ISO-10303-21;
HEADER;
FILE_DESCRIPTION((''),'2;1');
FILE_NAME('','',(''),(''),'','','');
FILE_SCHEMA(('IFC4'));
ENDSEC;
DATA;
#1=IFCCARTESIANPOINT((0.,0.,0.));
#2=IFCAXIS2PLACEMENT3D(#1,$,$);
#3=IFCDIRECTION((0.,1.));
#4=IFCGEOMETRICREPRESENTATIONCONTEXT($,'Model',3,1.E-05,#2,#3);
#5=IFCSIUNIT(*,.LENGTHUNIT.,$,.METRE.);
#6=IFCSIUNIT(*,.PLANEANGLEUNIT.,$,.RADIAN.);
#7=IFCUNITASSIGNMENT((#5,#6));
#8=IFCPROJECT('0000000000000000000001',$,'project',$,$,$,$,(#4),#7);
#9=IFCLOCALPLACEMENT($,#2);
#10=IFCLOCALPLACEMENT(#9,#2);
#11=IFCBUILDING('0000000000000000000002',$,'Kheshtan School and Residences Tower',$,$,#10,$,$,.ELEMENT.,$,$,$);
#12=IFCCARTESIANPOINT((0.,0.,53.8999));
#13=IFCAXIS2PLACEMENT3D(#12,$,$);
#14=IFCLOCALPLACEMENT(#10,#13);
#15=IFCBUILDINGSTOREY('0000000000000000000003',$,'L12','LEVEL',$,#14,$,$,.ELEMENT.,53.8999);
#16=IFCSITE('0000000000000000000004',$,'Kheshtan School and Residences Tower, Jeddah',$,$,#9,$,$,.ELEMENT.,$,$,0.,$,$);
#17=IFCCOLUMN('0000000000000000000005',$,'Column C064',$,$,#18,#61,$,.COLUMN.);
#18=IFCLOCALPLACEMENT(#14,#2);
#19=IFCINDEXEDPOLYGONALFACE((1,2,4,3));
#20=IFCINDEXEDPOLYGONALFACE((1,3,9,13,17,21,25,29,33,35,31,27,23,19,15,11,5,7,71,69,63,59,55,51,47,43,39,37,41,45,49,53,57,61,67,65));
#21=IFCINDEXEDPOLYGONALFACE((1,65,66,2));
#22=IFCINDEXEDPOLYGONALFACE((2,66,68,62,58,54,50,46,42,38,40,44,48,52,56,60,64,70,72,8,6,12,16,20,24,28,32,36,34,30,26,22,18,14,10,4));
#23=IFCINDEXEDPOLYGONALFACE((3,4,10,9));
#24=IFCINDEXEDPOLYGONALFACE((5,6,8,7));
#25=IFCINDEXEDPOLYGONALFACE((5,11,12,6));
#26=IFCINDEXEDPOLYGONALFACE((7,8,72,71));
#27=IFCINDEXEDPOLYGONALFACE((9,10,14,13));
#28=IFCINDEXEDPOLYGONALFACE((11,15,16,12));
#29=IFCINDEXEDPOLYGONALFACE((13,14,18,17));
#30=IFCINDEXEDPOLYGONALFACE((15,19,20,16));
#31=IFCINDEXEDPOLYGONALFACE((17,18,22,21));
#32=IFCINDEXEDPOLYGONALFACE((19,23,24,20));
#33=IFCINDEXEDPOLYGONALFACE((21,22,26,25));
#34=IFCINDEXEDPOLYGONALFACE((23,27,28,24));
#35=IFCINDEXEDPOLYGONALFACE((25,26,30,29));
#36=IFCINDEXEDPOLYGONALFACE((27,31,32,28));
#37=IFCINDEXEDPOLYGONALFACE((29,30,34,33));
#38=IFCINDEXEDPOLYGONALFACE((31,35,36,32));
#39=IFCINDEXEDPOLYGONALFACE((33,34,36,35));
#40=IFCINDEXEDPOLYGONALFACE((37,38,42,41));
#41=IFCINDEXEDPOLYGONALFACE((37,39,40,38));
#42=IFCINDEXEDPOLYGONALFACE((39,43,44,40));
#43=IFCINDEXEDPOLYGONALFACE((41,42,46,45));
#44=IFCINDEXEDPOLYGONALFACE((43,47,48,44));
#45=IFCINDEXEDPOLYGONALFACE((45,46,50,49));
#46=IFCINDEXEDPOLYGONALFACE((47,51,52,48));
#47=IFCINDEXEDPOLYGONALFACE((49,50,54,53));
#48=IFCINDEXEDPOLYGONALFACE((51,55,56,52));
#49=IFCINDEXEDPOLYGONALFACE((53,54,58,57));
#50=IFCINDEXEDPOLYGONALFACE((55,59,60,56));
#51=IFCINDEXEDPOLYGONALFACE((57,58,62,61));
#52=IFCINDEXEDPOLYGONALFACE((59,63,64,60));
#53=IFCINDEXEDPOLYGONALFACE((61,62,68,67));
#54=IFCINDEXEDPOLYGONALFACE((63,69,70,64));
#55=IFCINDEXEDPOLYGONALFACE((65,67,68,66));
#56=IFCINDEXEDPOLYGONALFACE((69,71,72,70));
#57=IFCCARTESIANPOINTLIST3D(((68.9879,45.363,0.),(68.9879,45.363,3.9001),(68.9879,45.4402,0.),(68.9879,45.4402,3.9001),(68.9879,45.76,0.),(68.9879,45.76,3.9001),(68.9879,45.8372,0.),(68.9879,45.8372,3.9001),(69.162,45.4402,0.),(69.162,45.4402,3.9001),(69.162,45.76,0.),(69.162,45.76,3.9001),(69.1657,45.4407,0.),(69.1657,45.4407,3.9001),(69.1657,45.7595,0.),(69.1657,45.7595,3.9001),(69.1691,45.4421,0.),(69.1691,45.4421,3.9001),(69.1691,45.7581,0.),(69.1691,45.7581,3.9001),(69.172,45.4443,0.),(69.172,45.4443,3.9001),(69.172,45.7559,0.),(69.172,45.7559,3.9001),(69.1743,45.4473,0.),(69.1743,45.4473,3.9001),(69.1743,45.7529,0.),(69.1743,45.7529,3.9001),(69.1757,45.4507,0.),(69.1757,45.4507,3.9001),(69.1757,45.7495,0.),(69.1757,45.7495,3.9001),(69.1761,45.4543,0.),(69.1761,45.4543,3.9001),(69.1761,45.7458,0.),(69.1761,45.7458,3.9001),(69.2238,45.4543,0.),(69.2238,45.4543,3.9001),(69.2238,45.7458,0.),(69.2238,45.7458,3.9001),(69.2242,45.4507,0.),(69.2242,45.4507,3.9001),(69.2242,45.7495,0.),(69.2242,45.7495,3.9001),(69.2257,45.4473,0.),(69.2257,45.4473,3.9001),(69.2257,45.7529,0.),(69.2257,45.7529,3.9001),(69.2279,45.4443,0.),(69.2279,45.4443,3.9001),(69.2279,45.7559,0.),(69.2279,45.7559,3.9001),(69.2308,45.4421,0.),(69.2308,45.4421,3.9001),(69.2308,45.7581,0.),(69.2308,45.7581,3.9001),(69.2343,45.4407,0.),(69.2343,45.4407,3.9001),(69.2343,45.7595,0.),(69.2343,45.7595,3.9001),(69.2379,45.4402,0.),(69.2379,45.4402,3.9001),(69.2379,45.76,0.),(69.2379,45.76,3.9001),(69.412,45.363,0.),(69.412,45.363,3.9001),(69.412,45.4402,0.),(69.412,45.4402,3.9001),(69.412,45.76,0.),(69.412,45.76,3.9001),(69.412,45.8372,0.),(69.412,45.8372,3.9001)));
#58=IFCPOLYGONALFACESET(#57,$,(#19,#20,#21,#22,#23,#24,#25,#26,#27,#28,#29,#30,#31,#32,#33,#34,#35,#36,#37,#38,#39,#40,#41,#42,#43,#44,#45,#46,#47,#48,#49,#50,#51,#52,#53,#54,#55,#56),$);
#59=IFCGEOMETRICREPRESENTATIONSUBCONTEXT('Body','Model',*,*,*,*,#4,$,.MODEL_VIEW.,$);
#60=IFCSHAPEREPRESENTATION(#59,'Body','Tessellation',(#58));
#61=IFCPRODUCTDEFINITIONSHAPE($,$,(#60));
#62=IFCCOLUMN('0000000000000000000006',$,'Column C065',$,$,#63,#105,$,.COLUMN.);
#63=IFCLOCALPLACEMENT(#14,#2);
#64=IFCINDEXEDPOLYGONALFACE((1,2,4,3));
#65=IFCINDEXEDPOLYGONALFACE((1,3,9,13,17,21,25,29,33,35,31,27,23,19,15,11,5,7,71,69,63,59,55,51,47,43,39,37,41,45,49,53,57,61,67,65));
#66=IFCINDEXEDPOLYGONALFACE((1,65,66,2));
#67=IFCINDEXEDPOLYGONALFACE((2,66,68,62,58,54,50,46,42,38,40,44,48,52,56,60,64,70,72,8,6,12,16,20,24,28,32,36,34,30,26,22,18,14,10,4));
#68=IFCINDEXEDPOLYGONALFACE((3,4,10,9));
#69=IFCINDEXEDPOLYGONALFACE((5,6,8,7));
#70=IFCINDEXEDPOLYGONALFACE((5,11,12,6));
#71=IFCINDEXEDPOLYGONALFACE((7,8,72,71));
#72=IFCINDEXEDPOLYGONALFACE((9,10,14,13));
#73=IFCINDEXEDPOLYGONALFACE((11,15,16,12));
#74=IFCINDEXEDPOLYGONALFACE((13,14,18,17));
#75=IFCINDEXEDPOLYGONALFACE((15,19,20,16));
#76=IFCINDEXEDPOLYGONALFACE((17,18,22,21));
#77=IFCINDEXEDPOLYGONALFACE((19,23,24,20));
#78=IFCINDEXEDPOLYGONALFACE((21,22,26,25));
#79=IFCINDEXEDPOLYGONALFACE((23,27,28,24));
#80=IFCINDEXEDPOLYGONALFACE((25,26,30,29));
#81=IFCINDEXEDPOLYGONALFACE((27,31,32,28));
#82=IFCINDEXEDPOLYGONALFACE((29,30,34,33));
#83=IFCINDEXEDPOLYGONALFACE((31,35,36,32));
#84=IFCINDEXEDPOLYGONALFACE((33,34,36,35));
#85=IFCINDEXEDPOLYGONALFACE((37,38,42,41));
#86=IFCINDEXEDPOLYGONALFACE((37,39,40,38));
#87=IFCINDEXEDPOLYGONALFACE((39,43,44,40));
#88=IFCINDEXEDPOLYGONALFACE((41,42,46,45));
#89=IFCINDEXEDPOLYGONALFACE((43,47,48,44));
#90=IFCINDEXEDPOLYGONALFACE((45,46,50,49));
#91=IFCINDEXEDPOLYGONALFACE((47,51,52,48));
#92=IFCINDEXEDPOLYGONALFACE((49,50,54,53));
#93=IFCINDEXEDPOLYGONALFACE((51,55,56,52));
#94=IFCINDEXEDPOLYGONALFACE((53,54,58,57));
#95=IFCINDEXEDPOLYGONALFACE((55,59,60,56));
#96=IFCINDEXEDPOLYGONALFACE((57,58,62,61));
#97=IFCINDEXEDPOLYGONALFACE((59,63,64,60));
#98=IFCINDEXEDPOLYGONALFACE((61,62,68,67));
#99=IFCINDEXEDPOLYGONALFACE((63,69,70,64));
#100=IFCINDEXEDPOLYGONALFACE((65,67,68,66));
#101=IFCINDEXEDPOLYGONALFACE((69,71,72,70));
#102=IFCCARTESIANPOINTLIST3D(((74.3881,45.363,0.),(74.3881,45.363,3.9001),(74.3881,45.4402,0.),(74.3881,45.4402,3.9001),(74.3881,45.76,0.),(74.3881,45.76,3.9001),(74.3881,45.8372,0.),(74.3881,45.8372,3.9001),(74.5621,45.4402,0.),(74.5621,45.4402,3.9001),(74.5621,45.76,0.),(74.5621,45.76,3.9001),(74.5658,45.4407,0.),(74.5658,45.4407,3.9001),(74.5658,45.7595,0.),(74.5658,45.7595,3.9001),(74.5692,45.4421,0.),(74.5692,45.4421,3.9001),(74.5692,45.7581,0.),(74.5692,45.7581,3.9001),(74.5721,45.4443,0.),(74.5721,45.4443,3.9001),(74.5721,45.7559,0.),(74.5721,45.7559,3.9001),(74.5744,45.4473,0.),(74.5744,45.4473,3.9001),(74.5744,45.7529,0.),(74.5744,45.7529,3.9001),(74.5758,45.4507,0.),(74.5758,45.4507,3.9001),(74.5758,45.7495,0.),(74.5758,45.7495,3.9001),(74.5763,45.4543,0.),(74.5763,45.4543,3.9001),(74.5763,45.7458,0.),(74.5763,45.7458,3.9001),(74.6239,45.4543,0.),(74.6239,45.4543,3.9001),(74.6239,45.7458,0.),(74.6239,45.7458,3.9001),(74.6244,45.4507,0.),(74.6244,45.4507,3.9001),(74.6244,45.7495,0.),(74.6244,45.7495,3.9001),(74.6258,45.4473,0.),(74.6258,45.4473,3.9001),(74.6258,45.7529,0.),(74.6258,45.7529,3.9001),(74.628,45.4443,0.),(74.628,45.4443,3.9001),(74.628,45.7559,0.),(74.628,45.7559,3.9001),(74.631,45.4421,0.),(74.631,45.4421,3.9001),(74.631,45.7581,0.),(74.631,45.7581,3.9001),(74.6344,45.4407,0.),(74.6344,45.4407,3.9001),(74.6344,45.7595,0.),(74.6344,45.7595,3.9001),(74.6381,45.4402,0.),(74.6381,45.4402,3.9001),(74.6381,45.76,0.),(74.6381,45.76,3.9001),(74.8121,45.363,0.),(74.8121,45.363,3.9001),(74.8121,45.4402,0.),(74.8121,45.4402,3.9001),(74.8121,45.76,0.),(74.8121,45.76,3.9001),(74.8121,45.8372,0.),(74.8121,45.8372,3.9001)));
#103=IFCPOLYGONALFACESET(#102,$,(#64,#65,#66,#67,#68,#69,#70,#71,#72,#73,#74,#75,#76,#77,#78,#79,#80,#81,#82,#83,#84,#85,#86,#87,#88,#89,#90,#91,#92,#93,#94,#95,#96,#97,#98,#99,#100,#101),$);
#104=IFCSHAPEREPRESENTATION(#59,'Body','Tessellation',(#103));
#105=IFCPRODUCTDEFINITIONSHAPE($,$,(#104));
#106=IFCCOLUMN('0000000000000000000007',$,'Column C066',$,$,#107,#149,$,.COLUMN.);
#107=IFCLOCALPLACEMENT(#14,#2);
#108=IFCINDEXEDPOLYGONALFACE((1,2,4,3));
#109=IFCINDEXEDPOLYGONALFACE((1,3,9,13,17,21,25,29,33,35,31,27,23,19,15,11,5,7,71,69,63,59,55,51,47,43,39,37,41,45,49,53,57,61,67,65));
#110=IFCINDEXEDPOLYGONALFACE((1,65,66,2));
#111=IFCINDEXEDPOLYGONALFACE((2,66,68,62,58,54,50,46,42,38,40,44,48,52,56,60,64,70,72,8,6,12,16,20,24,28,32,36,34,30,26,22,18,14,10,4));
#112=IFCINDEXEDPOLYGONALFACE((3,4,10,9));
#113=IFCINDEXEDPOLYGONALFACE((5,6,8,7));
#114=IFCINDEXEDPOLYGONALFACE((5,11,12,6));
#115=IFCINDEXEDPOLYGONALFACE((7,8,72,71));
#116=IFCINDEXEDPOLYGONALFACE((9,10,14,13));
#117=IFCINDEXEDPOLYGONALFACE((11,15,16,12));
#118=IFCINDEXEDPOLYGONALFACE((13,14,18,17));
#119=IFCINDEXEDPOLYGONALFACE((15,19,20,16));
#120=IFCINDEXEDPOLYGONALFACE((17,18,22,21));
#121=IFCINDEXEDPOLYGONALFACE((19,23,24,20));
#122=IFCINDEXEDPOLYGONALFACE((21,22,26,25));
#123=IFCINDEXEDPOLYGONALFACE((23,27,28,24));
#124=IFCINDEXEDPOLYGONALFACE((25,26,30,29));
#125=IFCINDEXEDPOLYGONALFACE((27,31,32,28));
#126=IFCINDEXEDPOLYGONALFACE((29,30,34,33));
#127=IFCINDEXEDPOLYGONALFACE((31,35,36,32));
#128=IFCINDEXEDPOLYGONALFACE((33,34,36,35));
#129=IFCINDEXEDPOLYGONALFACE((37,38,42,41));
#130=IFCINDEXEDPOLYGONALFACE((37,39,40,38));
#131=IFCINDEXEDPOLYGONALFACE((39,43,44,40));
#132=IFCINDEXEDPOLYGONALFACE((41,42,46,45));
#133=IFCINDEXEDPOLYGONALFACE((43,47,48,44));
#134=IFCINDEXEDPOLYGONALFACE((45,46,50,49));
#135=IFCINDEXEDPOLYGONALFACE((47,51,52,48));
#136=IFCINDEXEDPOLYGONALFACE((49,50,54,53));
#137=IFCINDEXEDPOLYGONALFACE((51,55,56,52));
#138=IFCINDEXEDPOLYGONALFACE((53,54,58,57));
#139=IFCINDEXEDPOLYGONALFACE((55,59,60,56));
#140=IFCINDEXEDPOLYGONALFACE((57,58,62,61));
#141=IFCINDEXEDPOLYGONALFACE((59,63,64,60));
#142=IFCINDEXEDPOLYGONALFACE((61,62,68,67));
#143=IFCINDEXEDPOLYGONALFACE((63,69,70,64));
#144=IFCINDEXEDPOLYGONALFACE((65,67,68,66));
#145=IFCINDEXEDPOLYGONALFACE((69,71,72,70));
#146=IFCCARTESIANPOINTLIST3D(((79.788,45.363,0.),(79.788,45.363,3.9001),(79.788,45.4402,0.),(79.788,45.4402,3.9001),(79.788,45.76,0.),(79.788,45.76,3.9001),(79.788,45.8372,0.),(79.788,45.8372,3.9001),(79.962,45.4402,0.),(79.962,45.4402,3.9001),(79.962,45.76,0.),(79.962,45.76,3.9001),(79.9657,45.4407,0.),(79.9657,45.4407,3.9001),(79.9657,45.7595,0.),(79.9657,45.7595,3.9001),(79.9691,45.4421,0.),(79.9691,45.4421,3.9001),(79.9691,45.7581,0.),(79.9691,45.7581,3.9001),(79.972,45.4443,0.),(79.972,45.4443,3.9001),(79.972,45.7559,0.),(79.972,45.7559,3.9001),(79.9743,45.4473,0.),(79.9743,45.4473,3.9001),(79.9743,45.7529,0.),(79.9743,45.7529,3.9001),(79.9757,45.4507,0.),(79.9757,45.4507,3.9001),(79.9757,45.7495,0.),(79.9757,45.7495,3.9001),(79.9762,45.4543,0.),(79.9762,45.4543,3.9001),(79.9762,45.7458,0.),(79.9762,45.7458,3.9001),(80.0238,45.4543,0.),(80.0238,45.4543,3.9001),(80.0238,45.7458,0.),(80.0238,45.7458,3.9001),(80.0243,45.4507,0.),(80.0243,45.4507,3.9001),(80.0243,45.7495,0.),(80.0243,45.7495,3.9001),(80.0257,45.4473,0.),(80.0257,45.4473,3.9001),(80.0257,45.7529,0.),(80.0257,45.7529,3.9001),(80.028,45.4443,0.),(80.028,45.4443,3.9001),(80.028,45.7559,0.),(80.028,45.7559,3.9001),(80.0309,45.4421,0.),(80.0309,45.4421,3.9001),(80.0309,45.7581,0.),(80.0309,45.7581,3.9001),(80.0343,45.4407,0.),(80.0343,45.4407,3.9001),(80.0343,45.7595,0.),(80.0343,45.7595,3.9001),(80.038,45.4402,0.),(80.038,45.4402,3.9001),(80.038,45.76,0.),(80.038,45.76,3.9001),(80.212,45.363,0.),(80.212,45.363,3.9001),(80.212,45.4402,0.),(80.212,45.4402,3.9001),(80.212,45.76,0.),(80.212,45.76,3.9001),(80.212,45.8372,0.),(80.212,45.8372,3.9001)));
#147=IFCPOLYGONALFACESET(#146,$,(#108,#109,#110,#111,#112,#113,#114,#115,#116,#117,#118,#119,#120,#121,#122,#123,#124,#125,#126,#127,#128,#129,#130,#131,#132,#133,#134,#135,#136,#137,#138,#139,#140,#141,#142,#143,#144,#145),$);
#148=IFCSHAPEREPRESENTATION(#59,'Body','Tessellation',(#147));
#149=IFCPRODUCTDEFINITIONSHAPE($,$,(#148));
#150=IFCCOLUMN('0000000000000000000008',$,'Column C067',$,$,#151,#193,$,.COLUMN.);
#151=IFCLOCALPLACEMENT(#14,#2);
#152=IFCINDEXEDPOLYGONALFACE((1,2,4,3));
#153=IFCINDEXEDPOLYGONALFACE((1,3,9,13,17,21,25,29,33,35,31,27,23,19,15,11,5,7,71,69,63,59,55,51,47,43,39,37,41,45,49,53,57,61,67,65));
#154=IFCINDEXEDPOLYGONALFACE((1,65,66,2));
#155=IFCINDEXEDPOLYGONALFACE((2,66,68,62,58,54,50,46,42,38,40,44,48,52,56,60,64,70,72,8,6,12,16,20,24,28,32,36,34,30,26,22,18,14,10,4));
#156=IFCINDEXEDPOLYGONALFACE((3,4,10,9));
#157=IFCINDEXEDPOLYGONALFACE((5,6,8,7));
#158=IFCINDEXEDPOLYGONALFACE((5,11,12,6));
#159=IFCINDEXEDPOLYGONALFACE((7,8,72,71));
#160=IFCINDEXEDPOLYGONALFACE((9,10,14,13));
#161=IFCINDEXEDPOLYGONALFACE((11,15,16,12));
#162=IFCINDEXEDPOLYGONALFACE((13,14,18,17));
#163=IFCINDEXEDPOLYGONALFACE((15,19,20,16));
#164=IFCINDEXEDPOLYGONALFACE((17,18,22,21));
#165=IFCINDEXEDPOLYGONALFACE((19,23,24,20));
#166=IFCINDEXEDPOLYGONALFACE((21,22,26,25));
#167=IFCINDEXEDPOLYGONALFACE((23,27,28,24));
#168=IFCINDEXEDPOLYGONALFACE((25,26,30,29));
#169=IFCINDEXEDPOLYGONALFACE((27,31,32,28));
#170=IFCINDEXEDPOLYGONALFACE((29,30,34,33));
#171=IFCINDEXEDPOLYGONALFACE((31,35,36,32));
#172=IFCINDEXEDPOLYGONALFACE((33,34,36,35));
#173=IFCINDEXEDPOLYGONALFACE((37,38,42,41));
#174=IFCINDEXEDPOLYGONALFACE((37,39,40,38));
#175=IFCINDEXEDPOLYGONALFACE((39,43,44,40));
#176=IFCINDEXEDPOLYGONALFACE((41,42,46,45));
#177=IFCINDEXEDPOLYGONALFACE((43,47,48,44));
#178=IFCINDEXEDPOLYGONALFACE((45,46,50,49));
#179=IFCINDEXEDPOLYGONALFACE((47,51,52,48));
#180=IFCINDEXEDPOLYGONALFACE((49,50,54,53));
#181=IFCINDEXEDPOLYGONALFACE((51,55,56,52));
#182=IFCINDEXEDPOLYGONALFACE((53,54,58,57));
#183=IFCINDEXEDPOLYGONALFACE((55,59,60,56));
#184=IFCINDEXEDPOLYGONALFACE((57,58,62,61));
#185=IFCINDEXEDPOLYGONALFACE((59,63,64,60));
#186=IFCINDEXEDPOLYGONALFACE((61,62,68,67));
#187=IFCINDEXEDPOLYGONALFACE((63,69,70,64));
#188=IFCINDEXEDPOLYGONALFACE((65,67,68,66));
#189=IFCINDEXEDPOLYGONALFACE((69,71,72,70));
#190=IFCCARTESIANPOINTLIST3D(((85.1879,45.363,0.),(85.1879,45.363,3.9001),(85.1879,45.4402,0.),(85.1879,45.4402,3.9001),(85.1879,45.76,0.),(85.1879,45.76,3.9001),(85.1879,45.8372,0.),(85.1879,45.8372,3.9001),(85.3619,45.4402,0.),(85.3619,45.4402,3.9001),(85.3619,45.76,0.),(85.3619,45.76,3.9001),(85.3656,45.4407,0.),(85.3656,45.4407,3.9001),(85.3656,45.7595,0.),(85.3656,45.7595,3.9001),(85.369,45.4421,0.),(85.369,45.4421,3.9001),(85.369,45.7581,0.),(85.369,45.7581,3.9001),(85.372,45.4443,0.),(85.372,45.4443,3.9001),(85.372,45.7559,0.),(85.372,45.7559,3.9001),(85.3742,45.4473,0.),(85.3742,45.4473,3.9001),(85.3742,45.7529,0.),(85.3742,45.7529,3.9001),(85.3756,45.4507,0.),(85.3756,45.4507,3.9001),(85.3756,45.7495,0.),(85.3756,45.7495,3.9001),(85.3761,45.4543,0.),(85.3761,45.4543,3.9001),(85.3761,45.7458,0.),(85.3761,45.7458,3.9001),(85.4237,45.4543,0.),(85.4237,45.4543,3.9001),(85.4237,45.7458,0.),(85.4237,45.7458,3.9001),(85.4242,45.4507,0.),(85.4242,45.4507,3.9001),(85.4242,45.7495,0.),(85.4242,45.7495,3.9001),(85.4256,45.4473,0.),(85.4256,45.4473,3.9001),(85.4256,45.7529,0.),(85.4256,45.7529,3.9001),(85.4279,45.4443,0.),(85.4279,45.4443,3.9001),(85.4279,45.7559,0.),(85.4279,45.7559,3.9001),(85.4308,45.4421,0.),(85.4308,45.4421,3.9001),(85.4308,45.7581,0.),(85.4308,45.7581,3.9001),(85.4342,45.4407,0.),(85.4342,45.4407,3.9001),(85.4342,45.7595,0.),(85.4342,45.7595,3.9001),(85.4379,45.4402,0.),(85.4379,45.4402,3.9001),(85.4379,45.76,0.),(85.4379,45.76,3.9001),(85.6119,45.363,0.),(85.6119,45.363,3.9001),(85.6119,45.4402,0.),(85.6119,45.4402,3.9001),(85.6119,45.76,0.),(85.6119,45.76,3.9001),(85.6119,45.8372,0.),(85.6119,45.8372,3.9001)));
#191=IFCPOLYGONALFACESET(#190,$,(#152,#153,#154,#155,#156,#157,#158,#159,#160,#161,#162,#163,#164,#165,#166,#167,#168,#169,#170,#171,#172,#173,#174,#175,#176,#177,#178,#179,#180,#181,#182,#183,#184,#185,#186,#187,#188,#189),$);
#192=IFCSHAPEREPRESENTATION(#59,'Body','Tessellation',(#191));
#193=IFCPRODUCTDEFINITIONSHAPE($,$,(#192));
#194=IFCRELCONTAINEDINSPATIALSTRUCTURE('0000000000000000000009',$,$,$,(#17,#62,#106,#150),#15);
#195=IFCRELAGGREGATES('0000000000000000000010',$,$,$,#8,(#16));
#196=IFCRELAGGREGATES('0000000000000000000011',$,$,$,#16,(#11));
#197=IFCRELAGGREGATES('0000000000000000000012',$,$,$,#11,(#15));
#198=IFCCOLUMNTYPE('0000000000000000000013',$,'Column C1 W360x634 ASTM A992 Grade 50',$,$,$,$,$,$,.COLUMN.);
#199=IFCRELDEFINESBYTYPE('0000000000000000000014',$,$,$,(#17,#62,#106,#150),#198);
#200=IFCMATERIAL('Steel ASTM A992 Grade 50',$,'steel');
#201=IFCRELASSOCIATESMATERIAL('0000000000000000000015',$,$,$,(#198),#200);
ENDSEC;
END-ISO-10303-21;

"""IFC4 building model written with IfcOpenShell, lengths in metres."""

from ifc_helpers import new_model, si_unit, direction, frame, origin, origin_2d, place, context, subcontext, project, spatial, i_section, extrude, material, material_profile, profile_set, type_object, element, save


model = new_model("IFC4")

# Units and contexts
model_context = context("Model", 3, precision=1e-05, world=origin(), true_north=direction((0.0, 1.0)))
body_context = subcontext(model_context, "Body", "Model", "MODEL_VIEW")
ifc_project = project(units=[si_unit("LENGTHUNIT", "METRE"), si_unit("PLANEANGLEUNIT", "RADIAN")], contexts=[model_context])

# Site, building, storey
site_placement = place(None, origin())
site = spatial("IfcSite", under=ifc_project, at=site_placement, Name="Kheshtan School and Residences Tower, Jeddah", CompositionType="ELEMENT", RefElevation=0.0)
building_placement = place(site_placement, origin())
building = spatial("IfcBuilding", under=site, at=building_placement, Name="Kheshtan School and Residences Tower", CompositionType="ELEMENT")
storey_placement = place(building_placement, frame((0.0, 0.0, 53.8999)))
storey = spatial("IfcBuildingStorey", under=building, at=storey_placement, Name="L12", Description="LEVEL", CompositionType="ELEMENT", Elevation=53.8999)

# Columns
ifc_material = material(Name="Steel ASTM A992 Grade 50", Category="steel")
ifc_material_profile_1 = material_profile(ifc_material, i_section(OverallWidth=0.4241, OverallDepth=0.4741, WebThickness=0.0476, FlangeThickness=0.0771, FilletRadius=0.0142, at=origin_2d()), Name="W360x634")
ifc_profile_set_1 = profile_set([ifc_material_profile_1], Name="Steel ASTM A992 Grade 50")
column_type = type_object("IfcColumnType", Name="Column C1 W360x634 ASTM A992 Grade 50", PredefinedType="COLUMN", material=ifc_profile_set_1)
for number, where, z_axis, x_axis, name in (
    (1, (69.2, 45.6001, 0.0), (0.0, 0.0, 1.0), (1.0, 0.0, 0.0), "Column C064"),
    (2, (74.6001, 45.6001, 0.0), (0.0, 0.0, 1.0), (1.0, 0.0, 0.0), "Column C065"),
    (3, (80.0, 45.6001, 0.0), (0.0, 0.0, 1.0), (1.0, 0.0, 0.0), "Column C066"),
    (4, (85.3999, 45.6001, 0.0), (0.0, 0.0, 1.0), (1.0, 0.0, 0.0), "Column C067"),
):
    element("IfcColumn", number, at=place(storey_placement, frame(where, z_axis=z_axis, x_axis=x_axis)), inside=storey, type_object=column_type, Name=name, PredefinedType="COLUMN", context=body_context, shape_type="SweptSolid", body=[
        extrude(i_section(OverallWidth=0.4241, OverallDepth=0.4741, WebThickness=0.0476, FlangeThickness=0.0771, FilletRadius=0.0142, at=origin_2d()), origin(), (0.0, 0.0, 1.0), 3.9001),
    ])

save(model, "model.ifc")
